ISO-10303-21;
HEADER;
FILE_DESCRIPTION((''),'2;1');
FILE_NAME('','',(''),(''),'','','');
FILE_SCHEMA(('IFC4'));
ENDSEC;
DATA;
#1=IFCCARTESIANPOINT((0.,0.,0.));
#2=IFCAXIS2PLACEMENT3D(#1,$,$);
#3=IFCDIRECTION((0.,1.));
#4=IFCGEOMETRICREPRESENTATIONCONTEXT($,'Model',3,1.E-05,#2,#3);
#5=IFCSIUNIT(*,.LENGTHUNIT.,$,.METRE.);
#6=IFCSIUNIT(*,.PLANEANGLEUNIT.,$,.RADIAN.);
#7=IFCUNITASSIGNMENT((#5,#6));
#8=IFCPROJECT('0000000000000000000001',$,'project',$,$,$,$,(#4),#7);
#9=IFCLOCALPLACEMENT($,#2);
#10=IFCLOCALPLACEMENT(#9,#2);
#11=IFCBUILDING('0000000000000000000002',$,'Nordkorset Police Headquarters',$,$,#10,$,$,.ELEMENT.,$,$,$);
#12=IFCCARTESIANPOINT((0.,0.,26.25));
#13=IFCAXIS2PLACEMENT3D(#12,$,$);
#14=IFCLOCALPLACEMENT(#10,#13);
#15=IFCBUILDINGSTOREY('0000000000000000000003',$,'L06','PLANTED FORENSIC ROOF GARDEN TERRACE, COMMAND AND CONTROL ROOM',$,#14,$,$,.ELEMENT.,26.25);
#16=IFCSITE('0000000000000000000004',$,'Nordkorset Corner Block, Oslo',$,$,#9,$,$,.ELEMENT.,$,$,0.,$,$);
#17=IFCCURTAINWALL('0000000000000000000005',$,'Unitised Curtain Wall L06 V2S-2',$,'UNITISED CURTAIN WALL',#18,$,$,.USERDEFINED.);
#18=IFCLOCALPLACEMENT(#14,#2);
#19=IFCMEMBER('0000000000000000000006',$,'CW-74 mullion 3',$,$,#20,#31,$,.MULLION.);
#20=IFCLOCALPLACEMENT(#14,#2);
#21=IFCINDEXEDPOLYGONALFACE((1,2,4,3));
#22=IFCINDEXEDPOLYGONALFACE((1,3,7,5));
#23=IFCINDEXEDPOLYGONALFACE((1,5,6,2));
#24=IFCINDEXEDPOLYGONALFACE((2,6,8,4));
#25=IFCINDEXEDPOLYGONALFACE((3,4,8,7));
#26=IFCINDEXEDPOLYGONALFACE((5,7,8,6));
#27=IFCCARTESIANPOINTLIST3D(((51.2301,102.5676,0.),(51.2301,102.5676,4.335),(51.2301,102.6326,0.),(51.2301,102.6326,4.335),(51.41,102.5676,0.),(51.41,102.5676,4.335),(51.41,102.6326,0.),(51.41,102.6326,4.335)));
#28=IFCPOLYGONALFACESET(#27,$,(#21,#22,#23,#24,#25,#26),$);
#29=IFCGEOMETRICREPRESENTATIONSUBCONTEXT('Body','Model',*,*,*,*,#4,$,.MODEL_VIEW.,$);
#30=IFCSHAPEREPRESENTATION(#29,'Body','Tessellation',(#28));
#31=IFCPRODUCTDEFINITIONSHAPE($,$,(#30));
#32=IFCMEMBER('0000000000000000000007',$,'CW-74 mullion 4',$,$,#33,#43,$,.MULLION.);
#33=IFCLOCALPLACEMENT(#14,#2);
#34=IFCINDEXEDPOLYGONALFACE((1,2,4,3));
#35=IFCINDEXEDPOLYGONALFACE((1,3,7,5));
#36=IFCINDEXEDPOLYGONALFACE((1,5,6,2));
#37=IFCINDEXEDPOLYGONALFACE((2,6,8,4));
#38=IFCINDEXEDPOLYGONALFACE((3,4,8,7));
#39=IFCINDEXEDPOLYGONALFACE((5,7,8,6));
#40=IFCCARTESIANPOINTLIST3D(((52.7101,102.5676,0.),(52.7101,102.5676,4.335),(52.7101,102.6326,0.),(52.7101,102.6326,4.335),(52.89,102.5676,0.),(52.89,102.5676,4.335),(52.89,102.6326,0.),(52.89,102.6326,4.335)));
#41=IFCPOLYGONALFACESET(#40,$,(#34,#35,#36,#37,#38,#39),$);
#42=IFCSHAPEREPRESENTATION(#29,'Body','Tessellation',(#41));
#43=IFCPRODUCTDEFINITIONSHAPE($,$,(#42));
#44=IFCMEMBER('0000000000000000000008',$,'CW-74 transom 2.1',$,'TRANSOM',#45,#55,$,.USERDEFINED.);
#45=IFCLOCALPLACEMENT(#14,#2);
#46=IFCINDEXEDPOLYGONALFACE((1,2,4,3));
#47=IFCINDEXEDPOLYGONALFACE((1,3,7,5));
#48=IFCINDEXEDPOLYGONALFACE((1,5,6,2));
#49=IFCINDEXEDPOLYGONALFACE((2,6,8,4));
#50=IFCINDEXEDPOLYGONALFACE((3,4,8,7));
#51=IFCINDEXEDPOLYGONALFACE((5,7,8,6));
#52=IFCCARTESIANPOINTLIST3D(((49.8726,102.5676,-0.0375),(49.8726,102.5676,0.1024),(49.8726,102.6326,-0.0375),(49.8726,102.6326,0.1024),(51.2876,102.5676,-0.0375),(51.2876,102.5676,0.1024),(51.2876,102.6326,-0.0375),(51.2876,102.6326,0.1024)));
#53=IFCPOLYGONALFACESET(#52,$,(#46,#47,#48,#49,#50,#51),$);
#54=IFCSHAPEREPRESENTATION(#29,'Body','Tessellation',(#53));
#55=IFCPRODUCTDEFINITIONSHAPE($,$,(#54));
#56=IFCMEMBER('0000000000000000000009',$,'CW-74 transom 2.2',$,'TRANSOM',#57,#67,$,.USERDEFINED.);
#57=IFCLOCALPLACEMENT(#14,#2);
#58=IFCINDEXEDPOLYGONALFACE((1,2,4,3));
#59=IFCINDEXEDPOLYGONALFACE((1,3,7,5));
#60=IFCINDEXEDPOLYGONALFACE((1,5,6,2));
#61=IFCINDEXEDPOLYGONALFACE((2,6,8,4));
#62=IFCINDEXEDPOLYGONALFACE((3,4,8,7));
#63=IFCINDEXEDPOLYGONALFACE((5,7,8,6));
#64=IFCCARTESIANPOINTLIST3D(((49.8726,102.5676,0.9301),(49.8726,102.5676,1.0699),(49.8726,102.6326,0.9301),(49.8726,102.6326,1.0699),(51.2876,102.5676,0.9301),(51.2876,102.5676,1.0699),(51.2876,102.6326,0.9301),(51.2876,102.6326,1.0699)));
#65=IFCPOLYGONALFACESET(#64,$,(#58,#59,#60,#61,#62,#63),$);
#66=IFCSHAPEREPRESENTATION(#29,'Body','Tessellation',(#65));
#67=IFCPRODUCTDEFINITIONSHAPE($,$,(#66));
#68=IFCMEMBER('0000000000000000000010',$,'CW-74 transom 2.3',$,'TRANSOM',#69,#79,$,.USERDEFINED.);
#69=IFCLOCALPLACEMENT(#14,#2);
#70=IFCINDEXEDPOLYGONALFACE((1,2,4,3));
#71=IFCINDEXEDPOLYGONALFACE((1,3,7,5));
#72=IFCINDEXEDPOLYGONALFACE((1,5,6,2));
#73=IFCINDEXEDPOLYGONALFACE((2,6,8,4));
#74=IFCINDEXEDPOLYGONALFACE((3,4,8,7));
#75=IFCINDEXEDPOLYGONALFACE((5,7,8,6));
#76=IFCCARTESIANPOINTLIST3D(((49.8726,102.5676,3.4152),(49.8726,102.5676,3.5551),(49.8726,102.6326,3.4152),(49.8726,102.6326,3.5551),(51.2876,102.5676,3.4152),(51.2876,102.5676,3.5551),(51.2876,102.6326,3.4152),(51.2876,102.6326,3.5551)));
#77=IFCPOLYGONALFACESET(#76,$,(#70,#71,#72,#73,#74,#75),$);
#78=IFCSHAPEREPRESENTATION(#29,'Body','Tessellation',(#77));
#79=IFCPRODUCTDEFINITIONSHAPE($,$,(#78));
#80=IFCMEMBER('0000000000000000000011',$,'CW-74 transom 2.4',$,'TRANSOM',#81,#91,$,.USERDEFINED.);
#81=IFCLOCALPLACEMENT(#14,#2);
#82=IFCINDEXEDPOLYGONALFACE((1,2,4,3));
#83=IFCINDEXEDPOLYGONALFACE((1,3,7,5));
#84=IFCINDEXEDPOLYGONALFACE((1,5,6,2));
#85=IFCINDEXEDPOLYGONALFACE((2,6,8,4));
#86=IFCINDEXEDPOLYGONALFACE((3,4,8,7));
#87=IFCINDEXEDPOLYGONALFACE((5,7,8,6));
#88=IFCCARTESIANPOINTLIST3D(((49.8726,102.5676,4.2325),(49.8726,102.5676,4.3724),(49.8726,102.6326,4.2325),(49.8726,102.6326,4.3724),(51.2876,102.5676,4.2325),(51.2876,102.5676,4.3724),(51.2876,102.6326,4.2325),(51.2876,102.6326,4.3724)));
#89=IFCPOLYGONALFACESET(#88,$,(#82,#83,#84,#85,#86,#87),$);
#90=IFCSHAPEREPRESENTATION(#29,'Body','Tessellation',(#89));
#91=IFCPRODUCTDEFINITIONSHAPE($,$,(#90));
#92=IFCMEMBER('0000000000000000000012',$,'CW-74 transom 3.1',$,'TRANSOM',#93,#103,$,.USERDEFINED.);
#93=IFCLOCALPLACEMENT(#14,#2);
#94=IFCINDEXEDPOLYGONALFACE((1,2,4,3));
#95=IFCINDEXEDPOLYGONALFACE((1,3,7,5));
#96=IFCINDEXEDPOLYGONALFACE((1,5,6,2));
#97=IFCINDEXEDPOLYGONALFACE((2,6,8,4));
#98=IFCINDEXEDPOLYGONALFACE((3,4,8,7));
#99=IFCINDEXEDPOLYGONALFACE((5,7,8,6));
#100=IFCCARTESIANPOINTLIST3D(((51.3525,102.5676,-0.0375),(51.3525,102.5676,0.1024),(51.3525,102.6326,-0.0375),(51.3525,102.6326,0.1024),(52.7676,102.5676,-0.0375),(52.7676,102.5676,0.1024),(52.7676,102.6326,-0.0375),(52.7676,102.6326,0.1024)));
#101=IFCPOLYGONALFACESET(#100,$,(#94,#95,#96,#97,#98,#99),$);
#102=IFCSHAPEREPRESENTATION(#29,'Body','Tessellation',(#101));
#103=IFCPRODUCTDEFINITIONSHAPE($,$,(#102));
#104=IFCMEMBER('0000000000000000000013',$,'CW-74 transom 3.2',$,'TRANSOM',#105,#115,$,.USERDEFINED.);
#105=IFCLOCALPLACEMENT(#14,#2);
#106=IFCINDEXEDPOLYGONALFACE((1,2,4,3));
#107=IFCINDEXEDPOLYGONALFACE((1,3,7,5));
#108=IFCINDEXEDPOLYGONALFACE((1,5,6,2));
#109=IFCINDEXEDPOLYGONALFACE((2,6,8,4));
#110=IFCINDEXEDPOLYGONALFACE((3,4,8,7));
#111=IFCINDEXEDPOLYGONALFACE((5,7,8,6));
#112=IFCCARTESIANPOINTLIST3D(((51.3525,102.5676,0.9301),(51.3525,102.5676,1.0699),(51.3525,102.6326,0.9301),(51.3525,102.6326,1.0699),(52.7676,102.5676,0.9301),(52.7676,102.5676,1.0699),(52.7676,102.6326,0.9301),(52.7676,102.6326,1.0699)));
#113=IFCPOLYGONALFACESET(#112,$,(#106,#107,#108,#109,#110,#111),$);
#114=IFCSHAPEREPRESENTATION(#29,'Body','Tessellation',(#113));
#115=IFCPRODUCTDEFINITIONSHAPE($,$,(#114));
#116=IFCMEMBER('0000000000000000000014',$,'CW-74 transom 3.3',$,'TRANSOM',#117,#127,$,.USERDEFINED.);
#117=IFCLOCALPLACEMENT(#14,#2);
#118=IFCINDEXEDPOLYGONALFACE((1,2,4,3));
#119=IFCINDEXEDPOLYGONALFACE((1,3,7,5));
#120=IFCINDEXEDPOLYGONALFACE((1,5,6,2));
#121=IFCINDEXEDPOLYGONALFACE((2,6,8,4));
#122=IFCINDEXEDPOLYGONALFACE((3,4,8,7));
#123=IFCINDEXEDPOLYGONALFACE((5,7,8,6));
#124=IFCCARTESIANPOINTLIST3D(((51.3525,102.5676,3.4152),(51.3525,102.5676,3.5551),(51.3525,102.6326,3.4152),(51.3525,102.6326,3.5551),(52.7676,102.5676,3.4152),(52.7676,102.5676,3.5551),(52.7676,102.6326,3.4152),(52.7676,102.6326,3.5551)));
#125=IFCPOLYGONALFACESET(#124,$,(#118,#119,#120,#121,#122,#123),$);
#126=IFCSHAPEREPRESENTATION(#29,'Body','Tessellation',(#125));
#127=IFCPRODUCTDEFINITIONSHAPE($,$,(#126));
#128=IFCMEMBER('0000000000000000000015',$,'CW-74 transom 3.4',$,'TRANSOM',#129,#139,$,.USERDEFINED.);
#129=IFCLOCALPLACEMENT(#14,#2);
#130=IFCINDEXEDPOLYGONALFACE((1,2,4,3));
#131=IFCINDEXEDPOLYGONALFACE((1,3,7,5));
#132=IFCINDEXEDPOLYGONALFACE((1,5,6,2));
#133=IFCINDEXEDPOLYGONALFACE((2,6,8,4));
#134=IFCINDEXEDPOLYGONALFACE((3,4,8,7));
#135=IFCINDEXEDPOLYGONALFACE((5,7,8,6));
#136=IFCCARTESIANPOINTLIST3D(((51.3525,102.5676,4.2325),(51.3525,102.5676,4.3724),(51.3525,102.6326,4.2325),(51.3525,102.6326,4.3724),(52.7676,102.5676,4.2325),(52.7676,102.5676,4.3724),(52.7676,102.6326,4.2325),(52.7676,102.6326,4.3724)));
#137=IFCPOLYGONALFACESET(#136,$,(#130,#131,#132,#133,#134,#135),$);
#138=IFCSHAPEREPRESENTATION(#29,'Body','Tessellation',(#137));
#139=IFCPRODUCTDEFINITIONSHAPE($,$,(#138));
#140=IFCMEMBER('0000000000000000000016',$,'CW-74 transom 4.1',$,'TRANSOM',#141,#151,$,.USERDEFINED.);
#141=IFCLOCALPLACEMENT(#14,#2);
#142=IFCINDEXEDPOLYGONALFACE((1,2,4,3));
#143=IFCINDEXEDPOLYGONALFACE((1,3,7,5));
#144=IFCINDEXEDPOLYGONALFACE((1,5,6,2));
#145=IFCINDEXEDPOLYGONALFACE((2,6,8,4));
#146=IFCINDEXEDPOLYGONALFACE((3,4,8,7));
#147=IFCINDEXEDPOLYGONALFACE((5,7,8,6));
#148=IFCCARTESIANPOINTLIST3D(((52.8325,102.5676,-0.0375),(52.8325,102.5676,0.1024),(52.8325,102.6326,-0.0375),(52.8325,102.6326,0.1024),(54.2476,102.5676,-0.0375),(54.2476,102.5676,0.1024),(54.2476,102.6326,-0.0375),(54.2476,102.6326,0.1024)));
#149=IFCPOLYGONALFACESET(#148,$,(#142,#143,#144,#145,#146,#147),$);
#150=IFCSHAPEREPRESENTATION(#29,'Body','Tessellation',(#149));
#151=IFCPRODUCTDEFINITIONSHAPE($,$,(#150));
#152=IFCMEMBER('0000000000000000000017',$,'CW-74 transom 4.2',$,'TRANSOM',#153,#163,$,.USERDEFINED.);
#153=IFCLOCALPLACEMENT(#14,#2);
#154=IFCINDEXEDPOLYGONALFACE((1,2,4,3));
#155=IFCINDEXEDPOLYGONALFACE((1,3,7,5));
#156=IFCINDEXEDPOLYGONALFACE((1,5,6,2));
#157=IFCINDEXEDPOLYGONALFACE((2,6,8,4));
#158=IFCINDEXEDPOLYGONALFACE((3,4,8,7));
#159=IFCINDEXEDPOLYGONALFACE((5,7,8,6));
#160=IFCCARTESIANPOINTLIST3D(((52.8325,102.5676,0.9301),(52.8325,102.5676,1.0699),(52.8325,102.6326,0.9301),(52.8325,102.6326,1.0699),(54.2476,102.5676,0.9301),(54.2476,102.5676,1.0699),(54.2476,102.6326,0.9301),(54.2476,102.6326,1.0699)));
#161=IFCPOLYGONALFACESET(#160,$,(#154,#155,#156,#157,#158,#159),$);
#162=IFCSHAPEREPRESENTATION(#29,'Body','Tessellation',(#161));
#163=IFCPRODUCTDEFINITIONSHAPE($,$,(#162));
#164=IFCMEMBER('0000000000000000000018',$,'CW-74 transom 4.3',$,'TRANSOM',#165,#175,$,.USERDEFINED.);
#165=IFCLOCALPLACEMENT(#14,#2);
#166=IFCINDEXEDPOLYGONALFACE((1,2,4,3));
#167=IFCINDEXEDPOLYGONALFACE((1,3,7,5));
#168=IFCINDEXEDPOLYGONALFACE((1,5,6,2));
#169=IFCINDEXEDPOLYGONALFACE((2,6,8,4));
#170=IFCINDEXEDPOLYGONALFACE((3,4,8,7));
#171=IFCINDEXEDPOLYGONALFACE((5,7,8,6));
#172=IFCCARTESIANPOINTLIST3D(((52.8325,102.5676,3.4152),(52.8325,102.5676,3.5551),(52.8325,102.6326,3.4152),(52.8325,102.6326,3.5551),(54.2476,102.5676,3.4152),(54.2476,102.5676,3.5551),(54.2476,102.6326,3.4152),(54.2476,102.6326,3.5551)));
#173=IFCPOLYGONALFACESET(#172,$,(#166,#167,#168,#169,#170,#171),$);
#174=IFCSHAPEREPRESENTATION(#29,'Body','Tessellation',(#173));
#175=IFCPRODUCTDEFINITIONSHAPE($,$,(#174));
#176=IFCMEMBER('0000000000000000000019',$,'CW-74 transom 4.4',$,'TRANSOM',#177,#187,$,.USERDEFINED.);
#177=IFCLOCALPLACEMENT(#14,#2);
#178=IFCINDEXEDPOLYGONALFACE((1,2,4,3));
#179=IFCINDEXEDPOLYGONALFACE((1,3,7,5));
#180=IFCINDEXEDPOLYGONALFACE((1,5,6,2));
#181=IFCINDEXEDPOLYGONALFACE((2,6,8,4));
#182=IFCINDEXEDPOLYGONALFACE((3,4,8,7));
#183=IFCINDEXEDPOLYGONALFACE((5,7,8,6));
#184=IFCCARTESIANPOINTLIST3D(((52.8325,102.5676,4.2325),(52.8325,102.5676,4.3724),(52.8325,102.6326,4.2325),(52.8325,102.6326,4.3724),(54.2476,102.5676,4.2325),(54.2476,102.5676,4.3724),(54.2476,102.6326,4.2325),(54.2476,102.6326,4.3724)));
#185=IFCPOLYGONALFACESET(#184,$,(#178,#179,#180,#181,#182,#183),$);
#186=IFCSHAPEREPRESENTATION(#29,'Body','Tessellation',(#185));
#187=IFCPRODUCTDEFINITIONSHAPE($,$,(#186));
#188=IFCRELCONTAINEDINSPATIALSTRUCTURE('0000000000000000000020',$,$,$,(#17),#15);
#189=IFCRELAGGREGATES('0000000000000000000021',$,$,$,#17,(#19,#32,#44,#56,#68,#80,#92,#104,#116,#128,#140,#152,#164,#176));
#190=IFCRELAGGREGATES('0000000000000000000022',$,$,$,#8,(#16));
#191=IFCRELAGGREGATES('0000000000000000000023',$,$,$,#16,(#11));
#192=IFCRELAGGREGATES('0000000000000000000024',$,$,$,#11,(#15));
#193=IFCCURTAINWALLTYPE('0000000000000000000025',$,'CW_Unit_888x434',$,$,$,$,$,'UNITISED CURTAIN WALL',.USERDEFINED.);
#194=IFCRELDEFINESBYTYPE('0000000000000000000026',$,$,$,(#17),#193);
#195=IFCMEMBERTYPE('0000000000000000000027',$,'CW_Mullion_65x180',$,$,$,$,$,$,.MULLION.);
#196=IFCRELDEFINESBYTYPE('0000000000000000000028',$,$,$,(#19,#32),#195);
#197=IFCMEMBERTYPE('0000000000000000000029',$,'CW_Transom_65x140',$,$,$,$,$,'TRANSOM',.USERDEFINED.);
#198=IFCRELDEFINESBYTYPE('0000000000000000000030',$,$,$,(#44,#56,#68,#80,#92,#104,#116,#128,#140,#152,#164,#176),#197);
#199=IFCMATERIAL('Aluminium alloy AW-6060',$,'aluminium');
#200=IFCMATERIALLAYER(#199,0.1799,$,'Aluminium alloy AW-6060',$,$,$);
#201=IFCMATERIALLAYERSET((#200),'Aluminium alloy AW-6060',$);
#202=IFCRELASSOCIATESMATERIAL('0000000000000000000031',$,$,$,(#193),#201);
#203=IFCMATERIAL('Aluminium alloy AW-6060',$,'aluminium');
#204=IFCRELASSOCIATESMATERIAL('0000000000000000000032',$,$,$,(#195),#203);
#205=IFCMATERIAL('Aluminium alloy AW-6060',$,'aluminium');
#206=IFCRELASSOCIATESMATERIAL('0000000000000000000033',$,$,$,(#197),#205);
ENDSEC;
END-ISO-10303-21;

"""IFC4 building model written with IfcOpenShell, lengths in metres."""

from ifc_helpers import new_model, si_unit, direction, frame, origin, origin_2d, place, context, subcontext, project, spatial, rectangle, extrude, material, layer, layer_set, material_profile, profile_set, type_object, element, aggregate, save


model = new_model("IFC4")

# Units and contexts
model_context = context("Model", 3, precision=1e-05, world=origin(), true_north=direction((0.0, 1.0)))
body_context = subcontext(model_context, "Body", "Model", "MODEL_VIEW")
ifc_project = project(units=[si_unit("LENGTHUNIT", "METRE"), si_unit("PLANEANGLEUNIT", "RADIAN")], contexts=[model_context])

# Site, building, storey
site_placement = place(None, origin())
site = spatial("IfcSite", under=ifc_project, at=site_placement, Name="Nordkorset Corner Block, Oslo", CompositionType="ELEMENT", RefElevation=0.0)
building_placement = place(site_placement, origin())
building = spatial("IfcBuilding", under=site, at=building_placement, Name="Nordkorset Police Headquarters", CompositionType="ELEMENT")
storey_placement = place(building_placement, frame((0.0, 0.0, 26.25)))
storey = spatial("IfcBuildingStorey", under=building, at=storey_placement, Name="L06", Description="PLANTED FORENSIC ROOF GARDEN TERRACE, COMMAND AND CONTROL ROOM", CompositionType="ELEMENT", Elevation=26.25)

# Curtain wall, members
ifc_material_1 = material(Name="Aluminium alloy AW-6060", Category="aluminium")
ifc_layer_1 = layer(ifc_material_1, 0.1799, Name="Aluminium alloy AW-6060")
ifc_layer_set_1 = layer_set([ifc_layer_1], Name="Aluminium alloy AW-6060")
curtain_wall_type = type_object("IfcCurtainWallType", Name="CW_Unit_888x434", ElementType="UNITISED CURTAIN WALL", PredefinedType="USERDEFINED", material=ifc_layer_set_1)
curtain_wall_placement = place(storey_placement, origin())
curtain_wall = element("IfcCurtainWall", 1, at=curtain_wall_placement, inside=storey, type_object=curtain_wall_type, Name="Unitised Curtain Wall L06 V2S-2", ObjectType="UNITISED CURTAIN WALL", PredefinedType="USERDEFINED")
ifc_material_2 = material(Name="Aluminium alloy AW-6060", Category="aluminium")
ifc_material_profile_1 = material_profile(ifc_material_2, rectangle(XDim=0.0649, YDim=0.1799, at=origin_2d()), Name="ALU MULL 65x180")
ifc_profile_set_1 = profile_set([ifc_material_profile_1], Name="Aluminium alloy AW-6060")
member_type_1 = type_object("IfcMemberType", Name="CW_Mullion_65x180", PredefinedType="MULLION", material=ifc_profile_set_1)
member_1_placement = place(storey_placement, frame((51.3201, 102.6001, 0.0), z_axis=(0.0, 0.0, 1.0), x_axis=(0.0, 1.0, 0.0)))
member_1 = element("IfcMember", 2, at=member_1_placement, type_object=member_type_1, Name="CW-74 mullion 3", PredefinedType="MULLION", context=body_context, shape_type="SweptSolid", body=[
    extrude(rectangle(XDim=0.0649, YDim=0.1799, at=origin_2d()), origin(), (0.0, 0.0, 1.0), 4.335),
])
member_2_placement = place(storey_placement, frame((52.8, 102.6001, 0.0), z_axis=(0.0, 0.0, 1.0), x_axis=(0.0, 1.0, 0.0)))
member_2 = element("IfcMember", 3, at=member_2_placement, type_object=member_type_1, Name="CW-74 mullion 4", PredefinedType="MULLION", context=body_context, shape_type="SweptSolid", body=[
    extrude(rectangle(XDim=0.0649, YDim=0.1799, at=origin_2d()), origin(), (0.0, 0.0, 1.0), 4.335),
])
ifc_material_3 = material(Name="Aluminium alloy AW-6060", Category="aluminium")
ifc_material_profile_2 = material_profile(ifc_material_3, rectangle(XDim=0.0649, YDim=0.1399, at=origin_2d()), Name="ALU TRAN 65x140")
ifc_profile_set_2 = profile_set([ifc_material_profile_2], Name="Aluminium alloy AW-6060")
member_type_2 = type_object("IfcMemberType", Name="CW_Transom_65x140", ElementType="TRANSOM", PredefinedType="USERDEFINED", material=ifc_profile_set_2)
member_3_placement = place(storey_placement, frame((49.8726, 102.6001, 0.0325), z_axis=(1.0, 0.0, 0.0), x_axis=(0.0, 1.0, 0.0)))
member_3 = element("IfcMember", 4, at=member_3_placement, type_object=member_type_2, Name="CW-74 transom 2.1", ObjectType="TRANSOM", PredefinedType="USERDEFINED", context=body_context, shape_type="SweptSolid", body=[
    extrude(rectangle(XDim=0.0649, YDim=0.1399, at=origin_2d()), origin(), (0.0, 0.0, 1.0), 1.415),
])
member_4_placement = place(storey_placement, frame((49.8726, 102.6001, 1.0), z_axis=(1.0, 0.0, 0.0), x_axis=(0.0, 1.0, 0.0)))
member_4 = element("IfcMember", 5, at=member_4_placement, type_object=member_type_2, Name="CW-74 transom 2.2", ObjectType="TRANSOM", PredefinedType="USERDEFINED", context=body_context, shape_type="SweptSolid", body=[
    extrude(rectangle(XDim=0.0649, YDim=0.1399, at=origin_2d()), origin(), (0.0, 0.0, 1.0), 1.415),
])
member_5_placement = place(storey_placement, frame((49.8726, 102.6001, 3.4851), z_axis=(1.0, 0.0, 0.0), x_axis=(0.0, 1.0, 0.0)))
member_5 = element("IfcMember", 6, at=member_5_placement, type_object=member_type_2, Name="CW-74 transom 2.3", ObjectType="TRANSOM", PredefinedType="USERDEFINED", context=body_context, shape_type="SweptSolid", body=[
    extrude(rectangle(XDim=0.0649, YDim=0.1399, at=origin_2d()), origin(), (0.0, 0.0, 1.0), 1.415),
])
member_6_placement = place(storey_placement, frame((49.8726, 102.6001, 4.3025), z_axis=(1.0, 0.0, 0.0), x_axis=(0.0, 1.0, 0.0)))
member_6 = element("IfcMember", 7, at=member_6_placement, type_object=member_type_2, Name="CW-74 transom 2.4", ObjectType="TRANSOM", PredefinedType="USERDEFINED", context=body_context, shape_type="SweptSolid", body=[
    extrude(rectangle(XDim=0.0649, YDim=0.1399, at=origin_2d()), origin(), (0.0, 0.0, 1.0), 1.415),
])
member_7_placement = place(storey_placement, frame((51.3525, 102.6001, 0.0325), z_axis=(1.0, 0.0, 0.0), x_axis=(0.0, 1.0, 0.0)))
member_7 = element("IfcMember", 8, at=member_7_placement, type_object=member_type_2, Name="CW-74 transom 3.1", ObjectType="TRANSOM", PredefinedType="USERDEFINED", context=body_context, shape_type="SweptSolid", body=[
    extrude(rectangle(XDim=0.0649, YDim=0.1399, at=origin_2d()), origin(), (0.0, 0.0, 1.0), 1.415),
])
member_8_placement = place(storey_placement, frame((51.3525, 102.6001, 1.0), z_axis=(1.0, 0.0, 0.0), x_axis=(0.0, 1.0, 0.0)))
member_8 = element("IfcMember", 9, at=member_8_placement, type_object=member_type_2, Name="CW-74 transom 3.2", ObjectType="TRANSOM", PredefinedType="USERDEFINED", context=body_context, shape_type="SweptSolid", body=[
    extrude(rectangle(XDim=0.0649, YDim=0.1399, at=origin_2d()), origin(), (0.0, 0.0, 1.0), 1.415),
])
member_9_placement = place(storey_placement, frame((51.3525, 102.6001, 3.4851), z_axis=(1.0, 0.0, 0.0), x_axis=(0.0, 1.0, 0.0)))
member_9 = element("IfcMember", 10, at=member_9_placement, type_object=member_type_2, Name="CW-74 transom 3.3", ObjectType="TRANSOM", PredefinedType="USERDEFINED", context=body_context, shape_type="SweptSolid", body=[
    extrude(rectangle(XDim=0.0649, YDim=0.1399, at=origin_2d()), origin(), (0.0, 0.0, 1.0), 1.415),
])
member_10_placement = place(storey_placement, frame((51.3525, 102.6001, 4.3025), z_axis=(1.0, 0.0, 0.0), x_axis=(0.0, 1.0, 0.0)))
member_10 = element("IfcMember", 11, at=member_10_placement, type_object=member_type_2, Name="CW-74 transom 3.4", ObjectType="TRANSOM", PredefinedType="USERDEFINED", context=body_context, shape_type="SweptSolid", body=[
    extrude(rectangle(XDim=0.0649, YDim=0.1399, at=origin_2d()), origin(), (0.0, 0.0, 1.0), 1.415),
])
member_11_placement = place(storey_placement, frame((52.8325, 102.6001, 0.0325), z_axis=(1.0, 0.0, 0.0), x_axis=(0.0, 1.0, 0.0)))
member_11 = element("IfcMember", 12, at=member_11_placement, type_object=member_type_2, Name="CW-74 transom 4.1", ObjectType="TRANSOM", PredefinedType="USERDEFINED", context=body_context, shape_type="SweptSolid", body=[
    extrude(rectangle(XDim=0.0649, YDim=0.1399, at=origin_2d()), origin(), (0.0, 0.0, 1.0), 1.415),
])
member_12_placement = place(storey_placement, frame((52.8325, 102.6001, 1.0), z_axis=(1.0, 0.0, 0.0), x_axis=(0.0, 1.0, 0.0)))
member_12 = element("IfcMember", 13, at=member_12_placement, type_object=member_type_2, Name="CW-74 transom 4.2", ObjectType="TRANSOM", PredefinedType="USERDEFINED", context=body_context, shape_type="SweptSolid", body=[
    extrude(rectangle(XDim=0.0649, YDim=0.1399, at=origin_2d()), origin(), (0.0, 0.0, 1.0), 1.415),
])
member_13_placement = place(storey_placement, frame((52.8325, 102.6001, 3.4851), z_axis=(1.0, 0.0, 0.0), x_axis=(0.0, 1.0, 0.0)))
member_13 = element("IfcMember", 14, at=member_13_placement, type_object=member_type_2, Name="CW-74 transom 4.3", ObjectType="TRANSOM", PredefinedType="USERDEFINED", context=body_context, shape_type="SweptSolid", body=[
    extrude(rectangle(XDim=0.0649, YDim=0.1399, at=origin_2d()), origin(), (0.0, 0.0, 1.0), 1.415),
])
member_14_placement = place(storey_placement, frame((52.8325, 102.6001, 4.3025), z_axis=(1.0, 0.0, 0.0), x_axis=(0.0, 1.0, 0.0)))
member_14 = element("IfcMember", 15, at=member_14_placement, type_object=member_type_2, Name="CW-74 transom 4.4", ObjectType="TRANSOM", PredefinedType="USERDEFINED", context=body_context, shape_type="SweptSolid", body=[
    extrude(rectangle(XDim=0.0649, YDim=0.1399, at=origin_2d()), origin(), (0.0, 0.0, 1.0), 1.415),
])
aggregate(curtain_wall, [member_1, member_2, member_3, member_4, member_5, member_6, member_7, member_8, member_9, member_10, member_11, member_12, member_13, member_14])

save(model, "model.ifc")
